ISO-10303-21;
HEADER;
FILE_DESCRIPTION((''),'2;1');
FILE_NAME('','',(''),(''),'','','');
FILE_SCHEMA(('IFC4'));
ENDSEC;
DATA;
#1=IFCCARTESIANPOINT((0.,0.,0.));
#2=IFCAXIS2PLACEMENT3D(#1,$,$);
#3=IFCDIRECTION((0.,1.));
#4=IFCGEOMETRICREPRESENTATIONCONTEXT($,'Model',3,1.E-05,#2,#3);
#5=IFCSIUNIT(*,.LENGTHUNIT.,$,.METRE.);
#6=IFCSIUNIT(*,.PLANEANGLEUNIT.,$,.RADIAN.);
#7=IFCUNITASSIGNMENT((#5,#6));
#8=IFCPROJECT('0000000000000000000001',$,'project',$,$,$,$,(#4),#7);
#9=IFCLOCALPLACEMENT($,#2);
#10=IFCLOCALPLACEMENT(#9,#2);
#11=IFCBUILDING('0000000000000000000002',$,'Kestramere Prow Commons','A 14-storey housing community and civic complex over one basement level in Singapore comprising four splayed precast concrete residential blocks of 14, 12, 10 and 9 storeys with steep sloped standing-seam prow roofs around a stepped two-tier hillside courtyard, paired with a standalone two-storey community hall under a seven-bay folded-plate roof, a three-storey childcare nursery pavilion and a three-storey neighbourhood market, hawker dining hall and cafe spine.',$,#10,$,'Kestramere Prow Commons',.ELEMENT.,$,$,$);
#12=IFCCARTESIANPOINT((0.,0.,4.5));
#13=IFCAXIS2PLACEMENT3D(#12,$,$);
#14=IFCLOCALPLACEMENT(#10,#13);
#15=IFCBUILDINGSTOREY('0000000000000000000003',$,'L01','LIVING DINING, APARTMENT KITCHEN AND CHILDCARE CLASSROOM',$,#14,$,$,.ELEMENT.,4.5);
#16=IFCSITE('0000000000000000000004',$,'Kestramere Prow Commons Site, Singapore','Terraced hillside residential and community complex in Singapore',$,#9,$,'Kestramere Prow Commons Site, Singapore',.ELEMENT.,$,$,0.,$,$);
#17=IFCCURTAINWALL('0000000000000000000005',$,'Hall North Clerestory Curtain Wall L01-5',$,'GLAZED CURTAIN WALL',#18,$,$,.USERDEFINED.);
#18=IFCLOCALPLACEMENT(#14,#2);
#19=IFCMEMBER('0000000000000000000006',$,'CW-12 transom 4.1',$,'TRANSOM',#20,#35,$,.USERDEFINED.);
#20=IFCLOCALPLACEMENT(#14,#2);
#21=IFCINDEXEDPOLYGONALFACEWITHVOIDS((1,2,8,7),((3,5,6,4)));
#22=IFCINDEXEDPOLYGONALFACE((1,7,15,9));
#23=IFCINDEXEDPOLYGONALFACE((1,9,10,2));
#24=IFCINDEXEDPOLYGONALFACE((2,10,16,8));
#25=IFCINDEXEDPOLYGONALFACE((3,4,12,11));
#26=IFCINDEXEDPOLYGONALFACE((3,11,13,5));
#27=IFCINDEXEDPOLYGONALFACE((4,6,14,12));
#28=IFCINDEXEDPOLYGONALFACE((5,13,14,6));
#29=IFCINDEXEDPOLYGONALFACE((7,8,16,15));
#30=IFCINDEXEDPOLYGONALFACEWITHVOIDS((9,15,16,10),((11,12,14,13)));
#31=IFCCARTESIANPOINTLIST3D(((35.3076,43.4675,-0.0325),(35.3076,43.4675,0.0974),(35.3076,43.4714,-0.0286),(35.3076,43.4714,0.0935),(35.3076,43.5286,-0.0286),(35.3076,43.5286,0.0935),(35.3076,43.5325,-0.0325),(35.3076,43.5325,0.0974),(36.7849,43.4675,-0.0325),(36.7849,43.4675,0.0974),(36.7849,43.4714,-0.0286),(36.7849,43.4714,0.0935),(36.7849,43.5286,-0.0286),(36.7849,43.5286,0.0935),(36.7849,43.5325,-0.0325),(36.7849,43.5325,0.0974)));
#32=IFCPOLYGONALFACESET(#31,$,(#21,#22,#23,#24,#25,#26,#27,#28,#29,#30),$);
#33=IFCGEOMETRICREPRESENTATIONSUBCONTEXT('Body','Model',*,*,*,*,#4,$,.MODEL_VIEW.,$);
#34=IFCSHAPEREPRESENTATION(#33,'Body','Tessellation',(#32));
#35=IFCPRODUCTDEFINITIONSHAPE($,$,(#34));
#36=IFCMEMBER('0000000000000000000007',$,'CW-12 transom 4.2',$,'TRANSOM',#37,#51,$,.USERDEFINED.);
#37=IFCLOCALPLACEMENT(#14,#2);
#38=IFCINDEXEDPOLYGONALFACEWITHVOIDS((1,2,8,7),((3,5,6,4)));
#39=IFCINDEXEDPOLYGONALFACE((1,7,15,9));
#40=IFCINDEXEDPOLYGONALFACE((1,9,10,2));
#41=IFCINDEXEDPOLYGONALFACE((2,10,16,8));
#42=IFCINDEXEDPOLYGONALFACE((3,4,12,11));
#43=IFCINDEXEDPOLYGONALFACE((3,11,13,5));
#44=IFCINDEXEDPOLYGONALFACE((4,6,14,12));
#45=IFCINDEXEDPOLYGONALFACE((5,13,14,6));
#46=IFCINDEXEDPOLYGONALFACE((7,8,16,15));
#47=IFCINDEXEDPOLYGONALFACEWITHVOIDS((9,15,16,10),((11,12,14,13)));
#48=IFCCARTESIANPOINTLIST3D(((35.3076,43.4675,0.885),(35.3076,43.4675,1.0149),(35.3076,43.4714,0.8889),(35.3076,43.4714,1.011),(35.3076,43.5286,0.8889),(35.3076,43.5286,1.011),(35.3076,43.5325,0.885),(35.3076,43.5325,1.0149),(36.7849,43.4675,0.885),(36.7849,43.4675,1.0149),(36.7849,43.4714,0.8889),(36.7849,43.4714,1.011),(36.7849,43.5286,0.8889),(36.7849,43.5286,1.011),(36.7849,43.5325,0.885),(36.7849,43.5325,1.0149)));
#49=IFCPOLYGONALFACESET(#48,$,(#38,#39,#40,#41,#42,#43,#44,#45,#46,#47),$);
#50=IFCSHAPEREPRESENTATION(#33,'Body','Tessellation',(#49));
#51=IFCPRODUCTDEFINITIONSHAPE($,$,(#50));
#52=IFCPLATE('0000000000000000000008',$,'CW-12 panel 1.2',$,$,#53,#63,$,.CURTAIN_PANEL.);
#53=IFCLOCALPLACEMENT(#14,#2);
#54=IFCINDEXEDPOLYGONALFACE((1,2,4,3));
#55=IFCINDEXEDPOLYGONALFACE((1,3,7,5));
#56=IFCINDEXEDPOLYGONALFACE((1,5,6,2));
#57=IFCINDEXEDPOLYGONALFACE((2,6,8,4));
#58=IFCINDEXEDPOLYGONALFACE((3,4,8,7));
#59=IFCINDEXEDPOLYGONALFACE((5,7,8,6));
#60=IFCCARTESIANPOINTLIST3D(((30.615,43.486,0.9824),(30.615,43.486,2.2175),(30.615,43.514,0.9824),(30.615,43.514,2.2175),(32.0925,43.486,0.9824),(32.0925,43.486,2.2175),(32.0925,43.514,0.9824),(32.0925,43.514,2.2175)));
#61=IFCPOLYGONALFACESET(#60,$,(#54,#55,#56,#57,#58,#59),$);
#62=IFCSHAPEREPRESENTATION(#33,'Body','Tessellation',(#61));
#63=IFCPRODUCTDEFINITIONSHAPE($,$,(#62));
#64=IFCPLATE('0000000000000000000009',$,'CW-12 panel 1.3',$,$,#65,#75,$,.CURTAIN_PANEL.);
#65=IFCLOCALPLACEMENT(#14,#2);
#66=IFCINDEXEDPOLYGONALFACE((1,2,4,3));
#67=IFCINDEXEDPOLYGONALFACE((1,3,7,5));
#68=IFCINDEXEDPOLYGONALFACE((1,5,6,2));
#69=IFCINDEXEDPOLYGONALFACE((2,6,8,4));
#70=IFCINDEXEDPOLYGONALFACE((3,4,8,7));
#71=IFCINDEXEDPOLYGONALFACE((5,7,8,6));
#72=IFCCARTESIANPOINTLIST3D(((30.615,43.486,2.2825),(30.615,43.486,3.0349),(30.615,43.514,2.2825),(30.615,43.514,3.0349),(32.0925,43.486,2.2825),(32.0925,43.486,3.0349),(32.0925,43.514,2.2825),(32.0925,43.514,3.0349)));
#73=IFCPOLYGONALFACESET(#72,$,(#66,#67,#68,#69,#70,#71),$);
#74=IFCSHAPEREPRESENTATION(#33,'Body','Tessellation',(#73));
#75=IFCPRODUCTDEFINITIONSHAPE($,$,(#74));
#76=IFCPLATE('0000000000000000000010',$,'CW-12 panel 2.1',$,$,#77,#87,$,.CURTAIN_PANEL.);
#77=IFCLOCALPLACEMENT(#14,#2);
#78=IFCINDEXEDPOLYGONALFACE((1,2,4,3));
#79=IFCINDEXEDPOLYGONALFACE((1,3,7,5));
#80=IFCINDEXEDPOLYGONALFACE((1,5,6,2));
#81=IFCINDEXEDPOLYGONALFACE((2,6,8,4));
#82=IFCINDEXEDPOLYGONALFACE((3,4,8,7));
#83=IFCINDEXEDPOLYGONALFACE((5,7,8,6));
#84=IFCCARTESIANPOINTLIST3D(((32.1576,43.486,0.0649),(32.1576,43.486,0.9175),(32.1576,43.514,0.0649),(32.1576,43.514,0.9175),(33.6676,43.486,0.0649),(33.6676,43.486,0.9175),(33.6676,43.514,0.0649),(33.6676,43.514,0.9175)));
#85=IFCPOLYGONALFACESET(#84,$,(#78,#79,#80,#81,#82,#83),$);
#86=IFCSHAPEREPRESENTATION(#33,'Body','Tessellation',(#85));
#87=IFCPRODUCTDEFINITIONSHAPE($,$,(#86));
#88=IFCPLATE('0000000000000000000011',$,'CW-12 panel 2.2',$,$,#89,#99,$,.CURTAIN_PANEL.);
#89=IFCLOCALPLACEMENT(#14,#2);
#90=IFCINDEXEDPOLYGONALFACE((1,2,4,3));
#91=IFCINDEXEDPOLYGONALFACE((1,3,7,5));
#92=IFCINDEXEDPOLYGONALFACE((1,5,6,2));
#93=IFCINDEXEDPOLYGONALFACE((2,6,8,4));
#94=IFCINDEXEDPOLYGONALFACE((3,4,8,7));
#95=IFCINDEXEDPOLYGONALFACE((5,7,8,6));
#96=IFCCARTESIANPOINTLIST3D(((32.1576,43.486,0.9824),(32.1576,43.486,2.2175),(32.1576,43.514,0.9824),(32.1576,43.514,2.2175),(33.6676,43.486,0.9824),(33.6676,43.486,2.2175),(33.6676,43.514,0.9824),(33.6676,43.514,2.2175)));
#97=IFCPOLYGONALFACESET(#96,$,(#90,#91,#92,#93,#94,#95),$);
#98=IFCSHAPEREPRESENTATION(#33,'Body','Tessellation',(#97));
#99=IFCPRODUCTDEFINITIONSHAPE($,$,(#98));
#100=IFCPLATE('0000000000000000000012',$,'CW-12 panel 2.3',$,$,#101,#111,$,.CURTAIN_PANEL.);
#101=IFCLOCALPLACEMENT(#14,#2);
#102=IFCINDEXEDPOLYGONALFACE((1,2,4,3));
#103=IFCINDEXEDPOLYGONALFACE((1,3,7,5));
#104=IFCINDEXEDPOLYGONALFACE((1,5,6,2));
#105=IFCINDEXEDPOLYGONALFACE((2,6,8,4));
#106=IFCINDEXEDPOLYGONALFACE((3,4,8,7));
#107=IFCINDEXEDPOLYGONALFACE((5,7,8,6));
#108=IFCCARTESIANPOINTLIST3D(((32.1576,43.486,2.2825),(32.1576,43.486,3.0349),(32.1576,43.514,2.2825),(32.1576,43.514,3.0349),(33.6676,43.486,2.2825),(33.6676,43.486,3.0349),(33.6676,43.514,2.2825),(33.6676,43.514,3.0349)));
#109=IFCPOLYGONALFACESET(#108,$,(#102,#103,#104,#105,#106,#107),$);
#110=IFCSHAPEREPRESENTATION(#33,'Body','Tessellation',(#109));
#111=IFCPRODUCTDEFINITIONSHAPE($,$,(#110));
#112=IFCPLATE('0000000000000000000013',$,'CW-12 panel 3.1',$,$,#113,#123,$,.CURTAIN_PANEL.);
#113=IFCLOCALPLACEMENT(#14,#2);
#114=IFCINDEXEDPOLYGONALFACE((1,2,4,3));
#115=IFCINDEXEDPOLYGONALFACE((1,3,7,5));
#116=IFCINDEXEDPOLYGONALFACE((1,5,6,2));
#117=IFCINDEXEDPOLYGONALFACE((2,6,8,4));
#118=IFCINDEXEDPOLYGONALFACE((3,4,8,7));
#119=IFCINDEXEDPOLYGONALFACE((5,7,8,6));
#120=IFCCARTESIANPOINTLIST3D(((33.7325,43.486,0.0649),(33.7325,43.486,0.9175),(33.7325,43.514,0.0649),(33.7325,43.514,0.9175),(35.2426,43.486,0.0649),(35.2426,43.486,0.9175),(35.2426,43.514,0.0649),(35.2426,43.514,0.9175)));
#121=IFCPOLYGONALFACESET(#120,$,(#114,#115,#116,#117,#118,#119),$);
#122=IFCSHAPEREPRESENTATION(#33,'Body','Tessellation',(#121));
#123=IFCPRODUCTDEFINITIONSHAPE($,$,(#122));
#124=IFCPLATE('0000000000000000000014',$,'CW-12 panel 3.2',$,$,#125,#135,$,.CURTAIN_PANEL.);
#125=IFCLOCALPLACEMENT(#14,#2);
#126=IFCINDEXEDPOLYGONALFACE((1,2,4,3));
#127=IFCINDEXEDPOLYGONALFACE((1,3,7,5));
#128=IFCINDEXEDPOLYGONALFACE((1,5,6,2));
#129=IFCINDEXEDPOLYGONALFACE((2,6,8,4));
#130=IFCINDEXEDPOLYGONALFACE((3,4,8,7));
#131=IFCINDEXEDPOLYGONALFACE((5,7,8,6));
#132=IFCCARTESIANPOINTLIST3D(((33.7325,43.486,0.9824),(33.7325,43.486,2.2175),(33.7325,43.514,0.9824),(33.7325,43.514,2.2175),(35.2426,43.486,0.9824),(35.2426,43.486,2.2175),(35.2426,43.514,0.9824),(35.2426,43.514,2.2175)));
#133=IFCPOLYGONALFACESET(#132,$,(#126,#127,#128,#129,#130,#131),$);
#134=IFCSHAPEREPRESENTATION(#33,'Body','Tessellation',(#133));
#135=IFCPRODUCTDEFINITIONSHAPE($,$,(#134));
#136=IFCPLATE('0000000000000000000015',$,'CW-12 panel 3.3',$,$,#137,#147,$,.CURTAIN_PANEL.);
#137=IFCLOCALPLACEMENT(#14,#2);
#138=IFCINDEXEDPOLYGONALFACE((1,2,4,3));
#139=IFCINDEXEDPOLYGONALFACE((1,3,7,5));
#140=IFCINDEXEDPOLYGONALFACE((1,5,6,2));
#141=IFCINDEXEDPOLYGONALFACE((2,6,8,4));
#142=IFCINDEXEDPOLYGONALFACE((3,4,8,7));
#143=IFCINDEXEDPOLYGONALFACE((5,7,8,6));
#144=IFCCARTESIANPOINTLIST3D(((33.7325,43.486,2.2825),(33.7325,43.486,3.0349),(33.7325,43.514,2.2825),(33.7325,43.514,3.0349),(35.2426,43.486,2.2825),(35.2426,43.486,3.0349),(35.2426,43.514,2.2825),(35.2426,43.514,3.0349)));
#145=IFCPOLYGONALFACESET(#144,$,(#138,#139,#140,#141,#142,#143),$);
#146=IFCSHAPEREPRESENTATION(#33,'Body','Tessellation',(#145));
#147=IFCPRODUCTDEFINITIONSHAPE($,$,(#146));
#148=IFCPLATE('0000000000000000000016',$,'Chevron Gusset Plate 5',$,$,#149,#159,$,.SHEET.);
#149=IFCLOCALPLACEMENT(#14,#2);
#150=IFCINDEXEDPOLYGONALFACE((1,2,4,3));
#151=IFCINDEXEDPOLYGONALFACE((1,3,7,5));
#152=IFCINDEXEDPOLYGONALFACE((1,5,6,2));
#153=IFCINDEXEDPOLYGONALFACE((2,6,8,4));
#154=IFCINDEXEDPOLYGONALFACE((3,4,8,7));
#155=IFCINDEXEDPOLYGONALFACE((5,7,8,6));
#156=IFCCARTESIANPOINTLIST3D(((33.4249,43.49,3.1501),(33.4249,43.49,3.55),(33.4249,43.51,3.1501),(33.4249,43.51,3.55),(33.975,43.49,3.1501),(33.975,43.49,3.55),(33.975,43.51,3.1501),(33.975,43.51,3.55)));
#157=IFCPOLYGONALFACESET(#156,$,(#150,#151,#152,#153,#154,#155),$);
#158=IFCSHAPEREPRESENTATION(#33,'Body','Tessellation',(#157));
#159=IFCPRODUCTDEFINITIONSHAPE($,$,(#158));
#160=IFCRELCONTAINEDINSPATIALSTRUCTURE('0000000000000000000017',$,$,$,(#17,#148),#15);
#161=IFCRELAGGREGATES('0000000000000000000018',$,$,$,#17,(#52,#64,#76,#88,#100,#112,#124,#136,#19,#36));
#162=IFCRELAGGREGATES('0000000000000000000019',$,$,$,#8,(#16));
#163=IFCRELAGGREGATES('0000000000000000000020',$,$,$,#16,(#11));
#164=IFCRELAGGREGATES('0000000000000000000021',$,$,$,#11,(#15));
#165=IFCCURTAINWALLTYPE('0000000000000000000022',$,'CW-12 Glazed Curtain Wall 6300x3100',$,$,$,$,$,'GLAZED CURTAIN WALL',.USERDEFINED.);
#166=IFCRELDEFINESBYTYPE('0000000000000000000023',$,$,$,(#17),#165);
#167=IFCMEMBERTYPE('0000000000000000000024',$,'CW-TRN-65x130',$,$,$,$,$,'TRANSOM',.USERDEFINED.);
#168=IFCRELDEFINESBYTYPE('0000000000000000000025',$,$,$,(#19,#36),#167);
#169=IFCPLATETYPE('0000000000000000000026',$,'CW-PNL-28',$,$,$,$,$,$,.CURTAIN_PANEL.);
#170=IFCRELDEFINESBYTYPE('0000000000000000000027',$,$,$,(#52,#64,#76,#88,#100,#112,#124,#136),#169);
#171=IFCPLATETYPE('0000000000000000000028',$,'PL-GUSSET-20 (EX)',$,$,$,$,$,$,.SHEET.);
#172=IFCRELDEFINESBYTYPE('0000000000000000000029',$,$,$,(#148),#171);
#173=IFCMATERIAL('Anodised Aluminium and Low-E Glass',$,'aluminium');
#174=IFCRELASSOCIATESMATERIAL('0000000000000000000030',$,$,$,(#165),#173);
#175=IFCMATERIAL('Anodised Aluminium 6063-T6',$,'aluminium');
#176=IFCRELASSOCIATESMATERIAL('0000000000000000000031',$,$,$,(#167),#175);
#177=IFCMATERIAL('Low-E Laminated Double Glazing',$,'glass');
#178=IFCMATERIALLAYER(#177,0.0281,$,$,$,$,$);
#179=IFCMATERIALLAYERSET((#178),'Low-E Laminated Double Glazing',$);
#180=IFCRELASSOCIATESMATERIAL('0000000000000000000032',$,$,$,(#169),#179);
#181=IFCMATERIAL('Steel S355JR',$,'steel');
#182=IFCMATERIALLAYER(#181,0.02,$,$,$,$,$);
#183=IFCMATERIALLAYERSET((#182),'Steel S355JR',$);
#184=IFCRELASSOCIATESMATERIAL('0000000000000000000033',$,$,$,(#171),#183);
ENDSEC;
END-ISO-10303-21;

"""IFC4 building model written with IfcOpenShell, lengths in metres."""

from ifc_helpers import new_model, si_unit, direction, frame, origin, origin_2d, place, context, subcontext, project, spatial, rectangle, hollow_rectangle, extrude, material, layer, layer_set, material_profile, profile_set, type_object, element, aggregate, save


model = new_model("IFC4")

# Units and contexts
model_context = context("Model", 3, precision=1e-05, world=origin(), true_north=direction((0.0, 1.0)))
body_context = subcontext(model_context, "Body", "Model", "MODEL_VIEW")
ifc_project = project(units=[si_unit("LENGTHUNIT", "METRE"), si_unit("PLANEANGLEUNIT", "RADIAN")], contexts=[model_context])

# Site, building, storey
site_placement = place(None, origin())
site = spatial("IfcSite", under=ifc_project, at=site_placement, Name="Kestramere Prow Commons Site, Singapore", Description="Terraced hillside residential and community complex in Singapore", LongName="Kestramere Prow Commons Site, Singapore", CompositionType="ELEMENT", RefElevation=0.0)
building_placement = place(site_placement, origin())
building = spatial("IfcBuilding", under=site, at=building_placement, Name="Kestramere Prow Commons", Description="A 14-storey housing community and civic complex over one basement level in Singapore comprising four splayed precast concrete residential blocks of 14, 12, 10 and 9 storeys with steep sloped standing-seam prow roofs around a stepped two-tier hillside courtyard, paired with a standalone two-storey community hall under a seven-bay folded-plate roof, a three-storey childcare nursery pavilion and a three-storey neighbourhood market, hawker dining hall and cafe spine.", LongName="Kestramere Prow Commons", CompositionType="ELEMENT")
storey_placement = place(building_placement, frame((0.0, 0.0, 4.5)))
storey = spatial("IfcBuildingStorey", under=building, at=storey_placement, Name="L01", Description="LIVING DINING, APARTMENT KITCHEN AND CHILDCARE CLASSROOM", CompositionType="ELEMENT", Elevation=4.5)

# Curtain wall, members, plates
ifc_material_1 = material(Name="Anodised Aluminium and Low-E Glass", Category="aluminium")
curtain_wall_type = type_object("IfcCurtainWallType", Name="CW-12 Glazed Curtain Wall 6300x3100", ElementType="GLAZED CURTAIN WALL", PredefinedType="USERDEFINED", material=ifc_material_1)
curtain_wall_placement = place(storey_placement, origin())
curtain_wall = element("IfcCurtainWall", 1, at=curtain_wall_placement, inside=storey, type_object=curtain_wall_type, Name="Hall North Clerestory Curtain Wall L01-5", ObjectType="GLAZED CURTAIN WALL", PredefinedType="USERDEFINED")
ifc_material_2 = material(Name="Anodised Aluminium 6063-T6", Category="aluminium")
ifc_material_profile_1 = material_profile(ifc_material_2, hollow_rectangle(XDim=0.0649, YDim=0.1299, WallThickness=0.0039, at=origin_2d()), Name="ALU-TRN 65x130")
ifc_profile_set_1 = profile_set([ifc_material_profile_1], Name="Anodised Aluminium 6063-T6")
member_type_1 = type_object("IfcMemberType", Name="CW-TRN-65x130", ElementType="TRANSOM", PredefinedType="USERDEFINED", material=ifc_profile_set_1)
member_1_placement = place(storey_placement, frame((35.3076, 43.5, 0.0325), z_axis=(1.0, 0.0, 0.0), x_axis=(0.0, 1.0, 0.0)))
member_1 = element("IfcMember", 2, at=member_1_placement, type_object=member_type_1, Name="CW-12 transom 4.1", ObjectType="TRANSOM", PredefinedType="USERDEFINED", context=body_context, shape_type="SweptSolid", body=[
    extrude(hollow_rectangle(XDim=0.0649, YDim=0.1299, WallThickness=0.0039, at=origin_2d()), origin(), (0.0, 0.0, 1.0), 1.4773),
])
member_2_placement = place(storey_placement, frame((35.3076, 43.5, 0.95), z_axis=(1.0, 0.0, 0.0), x_axis=(0.0, 1.0, 0.0)))
member_2 = element("IfcMember", 3, at=member_2_placement, type_object=member_type_1, Name="CW-12 transom 4.2", ObjectType="TRANSOM", PredefinedType="USERDEFINED", context=body_context, shape_type="SweptSolid", body=[
    extrude(hollow_rectangle(XDim=0.0649, YDim=0.1299, WallThickness=0.0039, at=origin_2d()), origin(), (0.0, 0.0, 1.0), 1.4773),
])
ifc_material_3 = material(Name="Low-E Laminated Double Glazing", Category="glass")
ifc_layer_1 = layer(ifc_material_3, 0.0281)
ifc_layer_set_1 = layer_set([ifc_layer_1], Name="Low-E Laminated Double Glazing")
plate_type_1 = type_object("IfcPlateType", Name="CW-PNL-28", PredefinedType="CURTAIN_PANEL", material=ifc_layer_set_1)
plate_1_placement = place(storey_placement, frame((31.3538, 43.5, 0.9824), z_axis=(0.0, 0.0, 1.0), x_axis=(1.0, 0.0, 0.0)))
plate_1 = element("IfcPlate", 4, at=plate_1_placement, type_object=plate_type_1, Name="CW-12 panel 1.2", PredefinedType="CURTAIN_PANEL", context=body_context, shape_type="SweptSolid", body=[
    extrude(rectangle(XDim=1.4775, YDim=0.0281, at=origin_2d()), origin(), (0.0, 0.0, 1.0), 1.2351),
])
plate_2_placement = place(storey_placement, frame((31.3538, 43.5, 2.2825), z_axis=(0.0, 0.0, 1.0), x_axis=(1.0, 0.0, 0.0)))
plate_2 = element("IfcPlate", 5, at=plate_2_placement, type_object=plate_type_1, Name="CW-12 panel 1.3", PredefinedType="CURTAIN_PANEL", context=body_context, shape_type="SweptSolid", body=[
    extrude(rectangle(XDim=1.4775, YDim=0.0281, at=origin_2d()), origin(), (0.0, 0.0, 1.0), 0.7524),
])
plate_3_placement = place(storey_placement, frame((32.9126, 43.5, 0.0649), z_axis=(0.0, 0.0, 1.0), x_axis=(1.0, 0.0, 0.0)))
plate_3 = element("IfcPlate", 6, at=plate_3_placement, type_object=plate_type_1, Name="CW-12 panel 2.1", PredefinedType="CURTAIN_PANEL", context=body_context, shape_type="SweptSolid", body=[
    extrude(rectangle(XDim=1.51, YDim=0.0281, at=origin_2d()), origin(), (0.0, 0.0, 1.0), 0.8525),
])
plate_4_placement = place(storey_placement, frame((32.9126, 43.5, 0.9824), z_axis=(0.0, 0.0, 1.0), x_axis=(1.0, 0.0, 0.0)))
plate_4 = element("IfcPlate", 7, at=plate_4_placement, type_object=plate_type_1, Name="CW-12 panel 2.2", PredefinedType="CURTAIN_PANEL", context=body_context, shape_type="SweptSolid", body=[
    extrude(rectangle(XDim=1.51, YDim=0.0281, at=origin_2d()), origin(), (0.0, 0.0, 1.0), 1.2351),
])
plate_5_placement = place(storey_placement, frame((32.9126, 43.5, 2.2825), z_axis=(0.0, 0.0, 1.0), x_axis=(1.0, 0.0, 0.0)))
plate_5 = element("IfcPlate", 8, at=plate_5_placement, type_object=plate_type_1, Name="CW-12 panel 2.3", PredefinedType="CURTAIN_PANEL", context=body_context, shape_type="SweptSolid", body=[
    extrude(rectangle(XDim=1.51, YDim=0.0281, at=origin_2d()), origin(), (0.0, 0.0, 1.0), 0.7524),
])
plate_6_placement = place(storey_placement, frame((34.4875, 43.5, 0.0649), z_axis=(0.0, 0.0, 1.0), x_axis=(1.0, 0.0, 0.0)))
plate_6 = element("IfcPlate", 9, at=plate_6_placement, type_object=plate_type_1, Name="CW-12 panel 3.1", PredefinedType="CURTAIN_PANEL", context=body_context, shape_type="SweptSolid", body=[
    extrude(rectangle(XDim=1.51, YDim=0.0281, at=origin_2d()), origin(), (0.0, 0.0, 1.0), 0.8525),
])
plate_7_placement = place(storey_placement, frame((34.4875, 43.5, 0.9824), z_axis=(0.0, 0.0, 1.0), x_axis=(1.0, 0.0, 0.0)))
plate_7 = element("IfcPlate", 10, at=plate_7_placement, type_object=plate_type_1, Name="CW-12 panel 3.2", PredefinedType="CURTAIN_PANEL", context=body_context, shape_type="SweptSolid", body=[
    extrude(rectangle(XDim=1.51, YDim=0.0281, at=origin_2d()), origin(), (0.0, 0.0, 1.0), 1.2351),
])
plate_8_placement = place(storey_placement, frame((34.4875, 43.5, 2.2825), z_axis=(0.0, 0.0, 1.0), x_axis=(1.0, 0.0, 0.0)))
plate_8 = element("IfcPlate", 11, at=plate_8_placement, type_object=plate_type_1, Name="CW-12 panel 3.3", PredefinedType="CURTAIN_PANEL", context=body_context, shape_type="SweptSolid", body=[
    extrude(rectangle(XDim=1.51, YDim=0.0281, at=origin_2d()), origin(), (0.0, 0.0, 1.0), 0.7524),
])
aggregate(curtain_wall, [plate_1, plate_2, plate_3, plate_4, plate_5, plate_6, plate_7, plate_8, member_1, member_2])

# Plate
ifc_material_4 = material(Name="Steel S355JR", Category="steel")
ifc_layer_2 = layer(ifc_material_4, 0.02)
ifc_layer_set_2 = layer_set([ifc_layer_2], Name="Steel S355JR")
plate_type_2 = type_object("IfcPlateType", Name="PL-GUSSET-20 (EX)", PredefinedType="SHEET", material=ifc_layer_set_2)
plate_9_placement = place(storey_placement, frame((33.7, 43.5, 3.1501), z_axis=(0.0, 0.0, 1.0), x_axis=(1.0, 0.0, 0.0)))
element("IfcPlate", 12, at=plate_9_placement, inside=storey, type_object=plate_type_2, Name="Chevron Gusset Plate 5", PredefinedType="SHEET", context=body_context, shape_type="SweptSolid", body=[
    extrude(rectangle(XDim=0.55, YDim=0.02, at=origin_2d()), origin(), (0.0, 0.0, 1.0), 0.3999),
])

save(model, "model.ifc")
